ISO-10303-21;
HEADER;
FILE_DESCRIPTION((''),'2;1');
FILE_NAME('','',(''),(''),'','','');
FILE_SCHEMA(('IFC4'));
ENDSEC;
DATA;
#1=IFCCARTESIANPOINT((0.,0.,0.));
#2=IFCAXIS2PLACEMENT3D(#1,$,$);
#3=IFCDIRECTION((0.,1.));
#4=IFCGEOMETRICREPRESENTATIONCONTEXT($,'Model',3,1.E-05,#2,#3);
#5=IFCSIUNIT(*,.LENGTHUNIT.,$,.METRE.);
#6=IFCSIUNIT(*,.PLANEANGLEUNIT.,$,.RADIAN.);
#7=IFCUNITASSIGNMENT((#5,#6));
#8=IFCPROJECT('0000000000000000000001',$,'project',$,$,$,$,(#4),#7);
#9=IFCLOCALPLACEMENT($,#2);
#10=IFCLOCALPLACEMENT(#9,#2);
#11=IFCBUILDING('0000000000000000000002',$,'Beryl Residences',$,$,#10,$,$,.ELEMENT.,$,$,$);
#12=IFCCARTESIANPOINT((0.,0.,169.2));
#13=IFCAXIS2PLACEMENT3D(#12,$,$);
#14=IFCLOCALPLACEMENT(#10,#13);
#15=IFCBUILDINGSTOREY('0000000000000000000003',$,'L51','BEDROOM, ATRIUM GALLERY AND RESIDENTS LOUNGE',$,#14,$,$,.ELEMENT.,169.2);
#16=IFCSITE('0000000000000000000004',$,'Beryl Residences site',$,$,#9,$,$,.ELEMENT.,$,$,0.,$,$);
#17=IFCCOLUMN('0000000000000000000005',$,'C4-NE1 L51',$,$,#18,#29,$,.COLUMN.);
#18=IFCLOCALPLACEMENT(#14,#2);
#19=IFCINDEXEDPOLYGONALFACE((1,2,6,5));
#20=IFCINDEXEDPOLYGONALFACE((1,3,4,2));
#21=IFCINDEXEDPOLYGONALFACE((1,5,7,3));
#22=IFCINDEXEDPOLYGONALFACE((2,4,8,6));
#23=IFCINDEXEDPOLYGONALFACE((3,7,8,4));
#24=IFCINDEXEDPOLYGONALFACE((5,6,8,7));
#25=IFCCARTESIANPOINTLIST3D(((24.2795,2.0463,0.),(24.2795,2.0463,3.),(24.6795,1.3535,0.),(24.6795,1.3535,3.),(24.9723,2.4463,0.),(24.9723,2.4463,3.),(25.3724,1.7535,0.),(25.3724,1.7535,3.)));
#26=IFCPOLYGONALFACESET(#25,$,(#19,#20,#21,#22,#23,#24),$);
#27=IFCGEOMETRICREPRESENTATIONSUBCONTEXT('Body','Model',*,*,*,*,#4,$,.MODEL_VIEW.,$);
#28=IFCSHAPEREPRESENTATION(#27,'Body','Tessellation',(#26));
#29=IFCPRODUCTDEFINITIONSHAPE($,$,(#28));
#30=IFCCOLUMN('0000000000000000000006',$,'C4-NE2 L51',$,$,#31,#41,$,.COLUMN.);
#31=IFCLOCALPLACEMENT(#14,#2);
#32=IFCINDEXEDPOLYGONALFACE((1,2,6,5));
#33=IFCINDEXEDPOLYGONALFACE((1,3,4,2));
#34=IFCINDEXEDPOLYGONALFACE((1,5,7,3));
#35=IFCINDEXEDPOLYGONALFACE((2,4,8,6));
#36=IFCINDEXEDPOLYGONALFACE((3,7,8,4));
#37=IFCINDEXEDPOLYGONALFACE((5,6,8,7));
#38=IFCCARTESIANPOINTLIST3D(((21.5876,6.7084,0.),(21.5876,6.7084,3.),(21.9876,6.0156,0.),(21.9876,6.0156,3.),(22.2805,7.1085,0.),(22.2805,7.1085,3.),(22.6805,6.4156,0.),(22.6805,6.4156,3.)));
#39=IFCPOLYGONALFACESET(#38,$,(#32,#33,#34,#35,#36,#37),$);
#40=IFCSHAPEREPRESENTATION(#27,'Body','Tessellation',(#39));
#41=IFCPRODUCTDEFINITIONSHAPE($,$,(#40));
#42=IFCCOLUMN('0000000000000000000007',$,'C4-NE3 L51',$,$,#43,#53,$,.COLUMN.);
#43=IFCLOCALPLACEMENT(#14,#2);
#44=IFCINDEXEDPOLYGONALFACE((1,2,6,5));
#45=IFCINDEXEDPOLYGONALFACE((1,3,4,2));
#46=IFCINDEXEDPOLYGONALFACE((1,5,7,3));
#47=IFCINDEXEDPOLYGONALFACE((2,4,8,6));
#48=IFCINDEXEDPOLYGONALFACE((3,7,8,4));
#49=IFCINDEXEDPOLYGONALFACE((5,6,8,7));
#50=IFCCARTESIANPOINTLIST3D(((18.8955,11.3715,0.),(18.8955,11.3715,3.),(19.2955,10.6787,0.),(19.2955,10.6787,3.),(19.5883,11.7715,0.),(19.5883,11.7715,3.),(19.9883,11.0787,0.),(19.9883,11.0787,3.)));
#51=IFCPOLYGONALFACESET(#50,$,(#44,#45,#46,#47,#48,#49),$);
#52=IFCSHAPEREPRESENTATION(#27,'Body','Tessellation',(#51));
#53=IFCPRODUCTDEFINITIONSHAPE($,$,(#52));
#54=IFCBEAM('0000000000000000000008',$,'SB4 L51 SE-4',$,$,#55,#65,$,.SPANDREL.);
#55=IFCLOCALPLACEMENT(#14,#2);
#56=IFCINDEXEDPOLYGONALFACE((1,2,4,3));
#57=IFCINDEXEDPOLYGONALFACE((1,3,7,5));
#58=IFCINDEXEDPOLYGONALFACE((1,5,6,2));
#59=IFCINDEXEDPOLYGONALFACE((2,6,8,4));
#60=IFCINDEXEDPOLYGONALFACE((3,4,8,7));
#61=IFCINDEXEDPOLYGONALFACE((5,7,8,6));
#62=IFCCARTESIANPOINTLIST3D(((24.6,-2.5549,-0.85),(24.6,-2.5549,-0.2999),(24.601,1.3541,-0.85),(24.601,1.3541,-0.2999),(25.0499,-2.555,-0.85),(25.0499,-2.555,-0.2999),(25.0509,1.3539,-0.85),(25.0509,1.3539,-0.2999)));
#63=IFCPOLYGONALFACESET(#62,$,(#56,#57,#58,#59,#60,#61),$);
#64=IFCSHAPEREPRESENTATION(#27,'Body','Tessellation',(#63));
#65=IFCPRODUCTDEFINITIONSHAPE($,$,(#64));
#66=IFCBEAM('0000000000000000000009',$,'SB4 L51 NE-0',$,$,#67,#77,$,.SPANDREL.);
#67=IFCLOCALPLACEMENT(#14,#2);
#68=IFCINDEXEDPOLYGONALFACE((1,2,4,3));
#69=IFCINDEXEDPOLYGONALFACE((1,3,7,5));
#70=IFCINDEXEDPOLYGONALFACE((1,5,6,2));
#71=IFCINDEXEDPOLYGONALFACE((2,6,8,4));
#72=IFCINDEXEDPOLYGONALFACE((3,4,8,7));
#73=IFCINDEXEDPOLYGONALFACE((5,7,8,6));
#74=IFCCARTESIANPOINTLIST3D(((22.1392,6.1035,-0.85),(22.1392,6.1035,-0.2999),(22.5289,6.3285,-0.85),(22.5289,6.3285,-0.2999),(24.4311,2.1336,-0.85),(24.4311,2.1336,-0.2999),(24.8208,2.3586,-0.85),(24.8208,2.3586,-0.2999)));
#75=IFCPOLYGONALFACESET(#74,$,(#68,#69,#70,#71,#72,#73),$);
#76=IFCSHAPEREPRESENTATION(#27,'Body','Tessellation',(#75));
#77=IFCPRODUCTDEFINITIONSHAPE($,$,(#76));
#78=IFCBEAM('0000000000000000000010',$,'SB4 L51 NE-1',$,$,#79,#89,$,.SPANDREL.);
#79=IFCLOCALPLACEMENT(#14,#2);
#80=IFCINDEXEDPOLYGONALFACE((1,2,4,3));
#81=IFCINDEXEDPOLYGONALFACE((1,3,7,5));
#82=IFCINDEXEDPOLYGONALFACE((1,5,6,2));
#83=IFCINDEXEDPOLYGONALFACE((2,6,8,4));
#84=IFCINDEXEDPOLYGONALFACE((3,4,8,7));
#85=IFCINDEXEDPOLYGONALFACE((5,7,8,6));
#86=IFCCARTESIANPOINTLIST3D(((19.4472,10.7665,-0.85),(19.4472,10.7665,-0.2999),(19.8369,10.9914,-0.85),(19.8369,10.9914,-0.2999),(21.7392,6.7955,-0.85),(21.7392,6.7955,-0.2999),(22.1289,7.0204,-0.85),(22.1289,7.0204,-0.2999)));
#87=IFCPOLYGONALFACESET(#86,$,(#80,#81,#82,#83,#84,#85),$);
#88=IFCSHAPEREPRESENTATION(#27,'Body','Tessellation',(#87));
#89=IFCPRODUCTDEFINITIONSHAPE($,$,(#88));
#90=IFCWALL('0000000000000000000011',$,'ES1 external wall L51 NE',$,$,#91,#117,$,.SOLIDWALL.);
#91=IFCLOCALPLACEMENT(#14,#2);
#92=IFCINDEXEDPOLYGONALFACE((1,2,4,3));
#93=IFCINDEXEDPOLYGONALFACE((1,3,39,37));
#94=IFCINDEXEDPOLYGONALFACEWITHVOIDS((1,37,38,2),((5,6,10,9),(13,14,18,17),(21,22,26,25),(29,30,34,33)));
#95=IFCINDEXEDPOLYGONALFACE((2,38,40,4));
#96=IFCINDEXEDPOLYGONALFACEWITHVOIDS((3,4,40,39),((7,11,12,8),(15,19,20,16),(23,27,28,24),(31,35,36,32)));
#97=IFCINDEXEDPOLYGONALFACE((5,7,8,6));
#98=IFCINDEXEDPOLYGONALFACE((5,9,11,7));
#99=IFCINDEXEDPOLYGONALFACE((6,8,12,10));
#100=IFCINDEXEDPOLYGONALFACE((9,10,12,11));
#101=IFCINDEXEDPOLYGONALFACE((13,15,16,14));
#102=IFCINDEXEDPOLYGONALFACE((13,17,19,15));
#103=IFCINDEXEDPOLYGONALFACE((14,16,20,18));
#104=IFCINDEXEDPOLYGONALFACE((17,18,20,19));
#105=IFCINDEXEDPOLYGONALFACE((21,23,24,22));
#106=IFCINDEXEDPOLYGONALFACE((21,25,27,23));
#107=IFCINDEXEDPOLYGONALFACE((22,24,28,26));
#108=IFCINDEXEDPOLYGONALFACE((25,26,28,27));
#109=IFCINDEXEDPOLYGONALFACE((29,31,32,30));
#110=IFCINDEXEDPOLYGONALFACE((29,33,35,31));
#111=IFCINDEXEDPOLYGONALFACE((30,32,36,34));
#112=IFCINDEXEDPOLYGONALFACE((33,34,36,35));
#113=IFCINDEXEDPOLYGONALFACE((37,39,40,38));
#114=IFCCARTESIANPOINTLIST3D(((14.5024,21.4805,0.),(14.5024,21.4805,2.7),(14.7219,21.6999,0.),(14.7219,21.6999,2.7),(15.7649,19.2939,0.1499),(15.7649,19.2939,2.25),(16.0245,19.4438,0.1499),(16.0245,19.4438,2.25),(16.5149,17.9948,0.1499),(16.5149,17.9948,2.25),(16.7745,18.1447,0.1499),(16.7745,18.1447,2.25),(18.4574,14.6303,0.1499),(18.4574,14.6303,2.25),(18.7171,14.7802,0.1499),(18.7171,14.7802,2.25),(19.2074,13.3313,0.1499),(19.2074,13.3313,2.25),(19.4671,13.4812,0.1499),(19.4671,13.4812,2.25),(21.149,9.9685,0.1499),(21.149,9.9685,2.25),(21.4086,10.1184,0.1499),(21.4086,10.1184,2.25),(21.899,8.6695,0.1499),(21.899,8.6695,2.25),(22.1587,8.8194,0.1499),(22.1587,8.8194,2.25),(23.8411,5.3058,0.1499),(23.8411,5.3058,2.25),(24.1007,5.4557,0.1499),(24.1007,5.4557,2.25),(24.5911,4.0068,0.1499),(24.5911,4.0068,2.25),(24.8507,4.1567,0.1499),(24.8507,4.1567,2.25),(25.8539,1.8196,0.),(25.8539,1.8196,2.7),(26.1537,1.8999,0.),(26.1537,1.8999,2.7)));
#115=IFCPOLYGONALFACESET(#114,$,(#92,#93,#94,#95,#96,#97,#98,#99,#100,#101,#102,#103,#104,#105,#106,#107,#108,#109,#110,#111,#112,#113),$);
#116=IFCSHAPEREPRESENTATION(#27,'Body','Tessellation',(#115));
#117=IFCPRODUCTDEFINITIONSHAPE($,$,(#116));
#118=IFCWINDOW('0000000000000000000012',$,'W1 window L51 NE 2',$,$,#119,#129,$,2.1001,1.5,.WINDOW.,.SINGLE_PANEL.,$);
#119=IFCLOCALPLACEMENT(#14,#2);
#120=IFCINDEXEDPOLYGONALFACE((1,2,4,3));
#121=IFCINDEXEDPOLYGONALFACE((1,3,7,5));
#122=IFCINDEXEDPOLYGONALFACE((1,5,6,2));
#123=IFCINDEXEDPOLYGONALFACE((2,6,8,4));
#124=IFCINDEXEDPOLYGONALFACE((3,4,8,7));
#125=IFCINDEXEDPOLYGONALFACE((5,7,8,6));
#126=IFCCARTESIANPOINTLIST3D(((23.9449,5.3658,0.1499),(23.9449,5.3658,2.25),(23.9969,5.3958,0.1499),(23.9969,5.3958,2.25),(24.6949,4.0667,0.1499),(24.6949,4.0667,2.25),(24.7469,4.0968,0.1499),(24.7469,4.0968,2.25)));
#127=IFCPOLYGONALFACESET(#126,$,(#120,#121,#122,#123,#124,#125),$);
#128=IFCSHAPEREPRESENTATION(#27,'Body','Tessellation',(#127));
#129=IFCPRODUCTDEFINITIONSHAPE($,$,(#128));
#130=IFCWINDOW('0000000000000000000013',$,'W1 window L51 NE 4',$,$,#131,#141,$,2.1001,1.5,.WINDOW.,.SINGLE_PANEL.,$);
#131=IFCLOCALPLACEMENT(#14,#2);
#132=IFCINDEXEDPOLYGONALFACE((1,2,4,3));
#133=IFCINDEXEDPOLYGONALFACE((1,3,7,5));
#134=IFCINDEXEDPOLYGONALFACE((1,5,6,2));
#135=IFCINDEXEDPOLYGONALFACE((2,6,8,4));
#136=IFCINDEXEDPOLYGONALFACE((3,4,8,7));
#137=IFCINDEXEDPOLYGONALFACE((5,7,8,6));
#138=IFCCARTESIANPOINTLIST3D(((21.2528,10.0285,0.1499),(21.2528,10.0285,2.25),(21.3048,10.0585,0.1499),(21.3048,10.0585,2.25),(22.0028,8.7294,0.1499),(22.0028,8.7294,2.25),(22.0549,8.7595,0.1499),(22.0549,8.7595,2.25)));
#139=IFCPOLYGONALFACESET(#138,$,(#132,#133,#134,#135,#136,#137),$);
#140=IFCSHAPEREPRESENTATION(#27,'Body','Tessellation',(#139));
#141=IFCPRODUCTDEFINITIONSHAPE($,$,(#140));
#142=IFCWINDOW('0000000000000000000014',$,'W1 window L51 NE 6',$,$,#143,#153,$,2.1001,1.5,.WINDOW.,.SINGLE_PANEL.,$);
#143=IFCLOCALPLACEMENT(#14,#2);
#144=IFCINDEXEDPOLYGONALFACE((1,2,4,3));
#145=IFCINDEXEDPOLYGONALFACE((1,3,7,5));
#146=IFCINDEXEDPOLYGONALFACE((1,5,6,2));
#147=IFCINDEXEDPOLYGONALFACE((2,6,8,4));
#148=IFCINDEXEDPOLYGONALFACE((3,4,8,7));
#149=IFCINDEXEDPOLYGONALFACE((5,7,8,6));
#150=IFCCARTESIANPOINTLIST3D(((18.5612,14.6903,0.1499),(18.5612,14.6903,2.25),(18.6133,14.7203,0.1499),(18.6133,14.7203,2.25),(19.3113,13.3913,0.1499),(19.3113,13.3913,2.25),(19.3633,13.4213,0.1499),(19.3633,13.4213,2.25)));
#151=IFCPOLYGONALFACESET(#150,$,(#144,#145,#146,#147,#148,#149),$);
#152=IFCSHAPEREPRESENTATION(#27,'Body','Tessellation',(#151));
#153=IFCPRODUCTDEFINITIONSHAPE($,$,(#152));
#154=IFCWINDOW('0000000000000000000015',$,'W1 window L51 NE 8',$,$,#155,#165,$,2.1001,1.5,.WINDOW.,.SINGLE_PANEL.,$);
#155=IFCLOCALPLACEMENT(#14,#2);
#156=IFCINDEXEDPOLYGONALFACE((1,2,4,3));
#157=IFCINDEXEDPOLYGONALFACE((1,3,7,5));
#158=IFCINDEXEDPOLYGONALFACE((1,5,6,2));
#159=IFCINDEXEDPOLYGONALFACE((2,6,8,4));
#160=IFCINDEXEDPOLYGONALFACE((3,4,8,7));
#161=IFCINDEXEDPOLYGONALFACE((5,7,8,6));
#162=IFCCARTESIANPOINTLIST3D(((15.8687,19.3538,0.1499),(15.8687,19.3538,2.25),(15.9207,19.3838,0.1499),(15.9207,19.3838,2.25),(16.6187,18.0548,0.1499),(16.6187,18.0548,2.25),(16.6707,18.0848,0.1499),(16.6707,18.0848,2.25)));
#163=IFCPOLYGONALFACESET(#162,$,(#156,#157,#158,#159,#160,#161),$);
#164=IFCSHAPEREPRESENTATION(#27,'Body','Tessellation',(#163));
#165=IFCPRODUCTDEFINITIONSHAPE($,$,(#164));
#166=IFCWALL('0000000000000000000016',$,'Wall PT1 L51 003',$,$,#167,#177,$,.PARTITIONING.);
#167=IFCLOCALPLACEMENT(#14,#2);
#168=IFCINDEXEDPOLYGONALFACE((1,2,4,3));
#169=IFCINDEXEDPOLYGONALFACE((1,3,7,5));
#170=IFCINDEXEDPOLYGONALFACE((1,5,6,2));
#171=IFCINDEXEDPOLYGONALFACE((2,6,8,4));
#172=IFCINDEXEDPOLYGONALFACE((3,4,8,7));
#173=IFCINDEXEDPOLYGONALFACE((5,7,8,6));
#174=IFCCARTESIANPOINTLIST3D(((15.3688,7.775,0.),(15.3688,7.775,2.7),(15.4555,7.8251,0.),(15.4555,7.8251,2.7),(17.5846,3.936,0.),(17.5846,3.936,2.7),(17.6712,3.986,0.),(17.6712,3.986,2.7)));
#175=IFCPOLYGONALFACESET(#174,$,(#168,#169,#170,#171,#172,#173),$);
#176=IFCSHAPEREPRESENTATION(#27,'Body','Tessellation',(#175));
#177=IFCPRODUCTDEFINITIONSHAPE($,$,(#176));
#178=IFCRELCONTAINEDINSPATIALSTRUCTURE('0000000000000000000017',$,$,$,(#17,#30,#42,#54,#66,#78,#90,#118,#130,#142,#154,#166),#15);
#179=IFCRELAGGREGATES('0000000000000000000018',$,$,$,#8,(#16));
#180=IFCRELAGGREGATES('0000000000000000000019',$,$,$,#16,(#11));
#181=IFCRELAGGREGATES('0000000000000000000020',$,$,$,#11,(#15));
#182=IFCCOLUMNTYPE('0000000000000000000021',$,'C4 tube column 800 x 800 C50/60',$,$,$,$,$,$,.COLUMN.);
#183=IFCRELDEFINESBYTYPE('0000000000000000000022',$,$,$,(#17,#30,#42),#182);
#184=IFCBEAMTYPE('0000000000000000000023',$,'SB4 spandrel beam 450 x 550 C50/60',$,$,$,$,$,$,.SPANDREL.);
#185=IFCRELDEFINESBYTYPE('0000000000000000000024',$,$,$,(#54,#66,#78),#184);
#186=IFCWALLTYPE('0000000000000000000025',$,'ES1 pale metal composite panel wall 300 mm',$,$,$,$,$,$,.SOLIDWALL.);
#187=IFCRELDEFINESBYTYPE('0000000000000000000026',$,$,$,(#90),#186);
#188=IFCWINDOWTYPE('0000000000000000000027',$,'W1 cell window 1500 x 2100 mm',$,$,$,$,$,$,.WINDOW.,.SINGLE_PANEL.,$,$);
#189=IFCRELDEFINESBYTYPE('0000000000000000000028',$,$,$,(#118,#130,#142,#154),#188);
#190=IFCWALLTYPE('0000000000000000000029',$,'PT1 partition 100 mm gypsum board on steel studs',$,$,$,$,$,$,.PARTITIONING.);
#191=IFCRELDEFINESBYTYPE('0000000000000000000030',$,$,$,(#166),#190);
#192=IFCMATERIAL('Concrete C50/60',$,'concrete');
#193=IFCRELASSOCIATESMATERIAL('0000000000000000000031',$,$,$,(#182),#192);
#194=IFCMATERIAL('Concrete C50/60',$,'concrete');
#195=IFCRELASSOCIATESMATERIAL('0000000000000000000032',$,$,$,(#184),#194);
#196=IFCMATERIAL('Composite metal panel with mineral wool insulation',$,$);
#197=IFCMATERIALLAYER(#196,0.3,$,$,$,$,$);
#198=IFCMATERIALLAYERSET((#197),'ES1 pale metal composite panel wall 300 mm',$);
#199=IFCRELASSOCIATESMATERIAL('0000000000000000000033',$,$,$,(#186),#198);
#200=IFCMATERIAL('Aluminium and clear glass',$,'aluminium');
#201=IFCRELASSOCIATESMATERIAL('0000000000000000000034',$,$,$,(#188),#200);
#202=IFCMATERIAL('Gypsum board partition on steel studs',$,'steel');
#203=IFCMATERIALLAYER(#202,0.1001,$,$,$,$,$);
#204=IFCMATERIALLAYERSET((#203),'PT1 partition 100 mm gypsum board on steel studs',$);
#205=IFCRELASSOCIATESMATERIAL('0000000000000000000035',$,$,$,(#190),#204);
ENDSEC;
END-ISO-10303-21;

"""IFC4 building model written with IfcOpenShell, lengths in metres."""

from ifc_helpers import new_model, si_unit, direction, frame, frame_2d, origin, origin_2d, place, context, subcontext, project, spatial, polyline, rectangle, outline, extrude, material, layer, layer_set, material_profile, profile_set, type_object, element, fill, save


model = new_model("IFC4")

# Units and contexts
model_context = context("Model", 3, precision=1e-05, world=origin(), true_north=direction((0.0, 1.0)))
body_context = subcontext(model_context, "Body", "Model", "MODEL_VIEW")
ifc_project = project(units=[si_unit("LENGTHUNIT", "METRE"), si_unit("PLANEANGLEUNIT", "RADIAN")], contexts=[model_context])

# Site, building, storey
site_placement = place(None, origin())
site = spatial("IfcSite", under=ifc_project, at=site_placement, Name="Beryl Residences site", CompositionType="ELEMENT", RefElevation=0.0)
building_placement = place(site_placement, origin())
building = spatial("IfcBuilding", under=site, at=building_placement, Name="Beryl Residences", CompositionType="ELEMENT")
storey_placement = place(building_placement, frame((0.0, 0.0, 169.2)))
storey = spatial("IfcBuildingStorey", under=building, at=storey_placement, Name="L51", Description="BEDROOM, ATRIUM GALLERY AND RESIDENTS LOUNGE", CompositionType="ELEMENT", Elevation=169.2)

# Columns
ifc_material_1 = material(Name="Concrete C50/60", Category="concrete")
ifc_material_profile_1 = material_profile(ifc_material_1, rectangle(XDim=0.8, YDim=0.8, at=origin_2d()))
ifc_profile_set_1 = profile_set([ifc_material_profile_1], Name="Concrete C50/60")
column_type = type_object("IfcColumnType", Name="C4 tube column 800 x 800 C50/60", PredefinedType="COLUMN", material=ifc_profile_set_1)
for number, where, z_axis, x_axis, name in (
    (1, (24.8259, 1.8999, 0.0), (0.0, 0.0, 1.0), (-0.5, 0.866025, 0.0), "C4-NE1 L51"),
    (2, (22.134, 6.562, 0.0), (0.0, 0.0, 1.0), (-0.5, 0.866025, 0.0), "C4-NE2 L51"),
    (3, (19.4419, 11.2251, 0.0), (0.0, 0.0, 1.0), (-0.5, 0.866025, 0.0), "C4-NE3 L51"),
):
    element("IfcColumn", number, at=place(storey_placement, frame(where, z_axis=z_axis, x_axis=x_axis)), inside=storey, type_object=column_type, Name=name, PredefinedType="COLUMN", context=body_context, shape_type="SweptSolid", body=[
        extrude(rectangle(XDim=0.8, YDim=0.8, at=origin_2d()), origin(), (0.0, 0.0, 1.0), 3.0),
    ])

# Beams
ifc_material_2 = material(Name="Concrete C50/60", Category="concrete")
ifc_material_profile_2 = material_profile(ifc_material_2, rectangle(XDim=0.45, YDim=0.55, at=origin_2d()))
ifc_profile_set_2 = profile_set([ifc_material_profile_2], Name="Concrete C50/60")
beam_type = type_object("IfcBeamType", Name="SB4 spandrel beam 450 x 550 C50/60", PredefinedType="SPANDREL", material=ifc_profile_set_2)
beam_1_placement = place(storey_placement, frame((24.825, -2.5549, -0.575), z_axis=(0.00025, 1.0, 0.0), x_axis=(-1.0, 0.00025, 0.0)))
element("IfcBeam", 4, at=beam_1_placement, inside=storey, type_object=beam_type, Name="SB4 L51 SE-4", PredefinedType="SPANDREL", context=body_context, shape_type="SweptSolid", body=[
    extrude(rectangle(XDim=0.45, YDim=0.55, at=origin_2d()), origin(), (0.0, 0.0, 1.0), 3.9089),
])
beam_2_placement = place(storey_placement, frame((24.626, 2.2461, -0.575), z_axis=(-0.499988, 0.866032, 0.0), x_axis=(-0.866032, -0.499988, 0.0)))
element("IfcBeam", 5, at=beam_2_placement, inside=storey, type_object=beam_type, Name="SB4 L51 NE-0", PredefinedType="SPANDREL", context=body_context, shape_type="SweptSolid", body=[
    extrude(rectangle(XDim=0.45, YDim=0.55, at=origin_2d()), origin(), (0.0, 0.0, 1.0), 4.584),
])
beam_3_placement = place(storey_placement, frame((21.9341, 6.908, -0.575), z_axis=(-0.499896, 0.866085, 0.0), x_axis=(-0.866085, -0.499896, 0.0)))
element("IfcBeam", 6, at=beam_3_placement, inside=storey, type_object=beam_type, Name="SB4 L51 NE-1", PredefinedType="SPANDREL", context=body_context, shape_type="SweptSolid", body=[
    extrude(rectangle(XDim=0.45, YDim=0.55, at=origin_2d()), origin(), (0.0, 0.0, 1.0), 4.585),
])

# Wall, openings, windows
ifc_material_3 = material(Name="Composite metal panel with mineral wool insulation")
ifc_layer_1 = layer(ifc_material_3, 0.3)
ifc_layer_set_1 = layer_set([ifc_layer_1], Name="ES1 pale metal composite panel wall 300 mm")
wall_type_1 = type_object("IfcWallType", Name="ES1 pale metal composite panel wall 300 mm", PredefinedType="SOLIDWALL", material=ifc_layer_set_1)
wall_1_placement = place(storey_placement, frame((26.0239, 1.825, 0.0), z_axis=(0.0, 0.0, 1.0), x_axis=(-0.500011, 0.866019, 0.0)))
wall_1 = element("IfcWall", 7, at=wall_1_placement, inside=storey, type_object=wall_type_1, Name="ES1 external wall L51 NE", PredefinedType="SOLIDWALL", context=body_context, shape_type="SweptSolid", body=[
    extrude(outline(polyline([(0.0, -0.1499), (22.8633, -0.1499), (22.783, 0.1499), (0.0803, 0.1499), (0.0, -0.1499)])), origin(), (0.0, 0.0, 1.0), 2.7),
])
opening_1_placement = place(wall_1_placement, frame((2.606, 0.0, 0.1499)))
opening_1 = element("IfcOpeningElement", 8, at=opening_1_placement, cuts=wall_1, PredefinedType="OPENING", context=body_context, shape_type="SweptSolid", body=[
    extrude(rectangle(XDim=1.5, YDim=2.1001, at=frame_2d((0.75, 1.05))), frame((0.0, 0.1599, 0.0), z_axis=(0.0, -1.0, 0.0), x_axis=(1.0, 0.0, 0.0)), (0.0, 0.0, 1.0), 0.3201),
])
opening_2_placement = place(wall_1_placement, frame((7.99, 0.0, 0.1499)))
opening_2 = element("IfcOpeningElement", 9, at=opening_2_placement, cuts=wall_1, PredefinedType="OPENING", context=body_context, shape_type="SweptSolid", body=[
    extrude(rectangle(XDim=1.5, YDim=2.1001, at=frame_2d((0.75, 1.05))), frame((0.0, 0.1599, 0.0), z_axis=(0.0, -1.0, 0.0), x_axis=(1.0, 0.0, 0.0)), (0.0, 0.0, 1.0), 0.3201),
])
opening_3_placement = place(wall_1_placement, frame((13.373, 0.0, 0.1499)))
opening_3 = element("IfcOpeningElement", 10, at=opening_3_placement, cuts=wall_1, PredefinedType="OPENING", context=body_context, shape_type="SweptSolid", body=[
    extrude(rectangle(XDim=1.5, YDim=2.1001, at=frame_2d((0.75, 1.05))), frame((0.0, 0.1599, 0.0), z_axis=(0.0, -1.0, 0.0), x_axis=(1.0, 0.0, 0.0)), (0.0, 0.0, 1.0), 0.3201),
])
opening_4_placement = place(wall_1_placement, frame((18.7581, 0.0, 0.1499)))
opening_4 = element("IfcOpeningElement", 11, at=opening_4_placement, cuts=wall_1, PredefinedType="OPENING", context=body_context, shape_type="SweptSolid", body=[
    extrude(rectangle(XDim=1.5, YDim=2.1001, at=frame_2d((0.75, 1.05))), frame((0.0, 0.1599, 0.0), z_axis=(0.0, -1.0, 0.0), x_axis=(1.0, 0.0, 0.0)), (0.0, 0.0, 1.0), 0.3201),
])
ifc_material_4 = material(Name="Aluminium and clear glass", Category="aluminium")
window_type = type_object("IfcWindowType", Name="W1 cell window 1500 x 2100 mm", PartitioningType="SINGLE_PANEL", PredefinedType="WINDOW", material=ifc_material_4)
window_1_placement = place(opening_1_placement, origin())
window_1 = element("IfcWindow", 12, at=window_1_placement, inside=storey, type_object=window_type, Name="W1 window L51 NE 2", OverallHeight=2.1001, OverallWidth=1.5, PartitioningType="SINGLE_PANEL", PredefinedType="WINDOW", context=body_context, shape_type="SweptSolid", body=[
    extrude(rectangle(XDim=1.5, YDim=2.1001, at=frame_2d((0.75, 1.05))), frame((0.0, 0.03, 0.0), z_axis=(0.0, -1.0, 0.0), x_axis=(1.0, 0.0, 0.0)), (0.0, 0.0, 1.0), 0.0601),
])
fill(opening_1, window_1)
window_2_placement = place(opening_2_placement, origin())
window_2 = element("IfcWindow", 13, at=window_2_placement, inside=storey, type_object=window_type, Name="W1 window L51 NE 4", OverallHeight=2.1001, OverallWidth=1.5, PartitioningType="SINGLE_PANEL", PredefinedType="WINDOW", context=body_context, shape_type="SweptSolid", body=[
    extrude(rectangle(XDim=1.5, YDim=2.1001, at=frame_2d((0.75, 1.05))), frame((0.0, 0.03, 0.0), z_axis=(0.0, -1.0, 0.0), x_axis=(1.0, 0.0, 0.0)), (0.0, 0.0, 1.0), 0.0601),
])
fill(opening_2, window_2)
window_3_placement = place(opening_3_placement, origin())
window_3 = element("IfcWindow", 14, at=window_3_placement, inside=storey, type_object=window_type, Name="W1 window L51 NE 6", OverallHeight=2.1001, OverallWidth=1.5, PartitioningType="SINGLE_PANEL", PredefinedType="WINDOW", context=body_context, shape_type="SweptSolid", body=[
    extrude(rectangle(XDim=1.5, YDim=2.1001, at=frame_2d((0.75, 1.05))), frame((0.0, 0.03, 0.0), z_axis=(0.0, -1.0, 0.0), x_axis=(1.0, 0.0, 0.0)), (0.0, 0.0, 1.0), 0.0601),
])
fill(opening_3, window_3)
window_4_placement = place(opening_4_placement, origin())
window_4 = element("IfcWindow", 15, at=window_4_placement, inside=storey, type_object=window_type, Name="W1 window L51 NE 8", OverallHeight=2.1001, OverallWidth=1.5, PartitioningType="SINGLE_PANEL", PredefinedType="WINDOW", context=body_context, shape_type="SweptSolid", body=[
    extrude(rectangle(XDim=1.5, YDim=2.1001, at=frame_2d((0.75, 1.05))), frame((0.0, 0.03, 0.0), z_axis=(0.0, -1.0, 0.0), x_axis=(1.0, 0.0, 0.0)), (0.0, 0.0, 1.0), 0.0601),
])
fill(opening_4, window_4)

# Wall
ifc_material_5 = material(Name="Gypsum board partition on steel studs", Category="steel")
ifc_layer_2 = layer(ifc_material_5, 0.1001)
ifc_layer_set_2 = layer_set([ifc_layer_2], Name="PT1 partition 100 mm gypsum board on steel studs")
wall_type_2 = type_object("IfcWallType", Name="PT1 partition 100 mm gypsum board on steel studs", PredefinedType="PARTITIONING", material=ifc_layer_set_2)
wall_2_placement = place(storey_placement, frame((15.4121, 7.8, 0.0), z_axis=(0.0, 0.0, 1.0), x_axis=(0.499883, -0.866093, 0.0)))
element("IfcWall", 16, at=wall_2_placement, inside=storey, type_object=wall_type_2, Name="Wall PT1 L51 003", PredefinedType="PARTITIONING", context=body_context, shape_type="SweptSolid", body=[
    extrude(rectangle(XDim=4.4326, YDim=0.1001, at=frame_2d((2.2163, 0.0))), origin(), (0.0, 0.0, 1.0), 2.7),
])

save(model, "model.ifc")
